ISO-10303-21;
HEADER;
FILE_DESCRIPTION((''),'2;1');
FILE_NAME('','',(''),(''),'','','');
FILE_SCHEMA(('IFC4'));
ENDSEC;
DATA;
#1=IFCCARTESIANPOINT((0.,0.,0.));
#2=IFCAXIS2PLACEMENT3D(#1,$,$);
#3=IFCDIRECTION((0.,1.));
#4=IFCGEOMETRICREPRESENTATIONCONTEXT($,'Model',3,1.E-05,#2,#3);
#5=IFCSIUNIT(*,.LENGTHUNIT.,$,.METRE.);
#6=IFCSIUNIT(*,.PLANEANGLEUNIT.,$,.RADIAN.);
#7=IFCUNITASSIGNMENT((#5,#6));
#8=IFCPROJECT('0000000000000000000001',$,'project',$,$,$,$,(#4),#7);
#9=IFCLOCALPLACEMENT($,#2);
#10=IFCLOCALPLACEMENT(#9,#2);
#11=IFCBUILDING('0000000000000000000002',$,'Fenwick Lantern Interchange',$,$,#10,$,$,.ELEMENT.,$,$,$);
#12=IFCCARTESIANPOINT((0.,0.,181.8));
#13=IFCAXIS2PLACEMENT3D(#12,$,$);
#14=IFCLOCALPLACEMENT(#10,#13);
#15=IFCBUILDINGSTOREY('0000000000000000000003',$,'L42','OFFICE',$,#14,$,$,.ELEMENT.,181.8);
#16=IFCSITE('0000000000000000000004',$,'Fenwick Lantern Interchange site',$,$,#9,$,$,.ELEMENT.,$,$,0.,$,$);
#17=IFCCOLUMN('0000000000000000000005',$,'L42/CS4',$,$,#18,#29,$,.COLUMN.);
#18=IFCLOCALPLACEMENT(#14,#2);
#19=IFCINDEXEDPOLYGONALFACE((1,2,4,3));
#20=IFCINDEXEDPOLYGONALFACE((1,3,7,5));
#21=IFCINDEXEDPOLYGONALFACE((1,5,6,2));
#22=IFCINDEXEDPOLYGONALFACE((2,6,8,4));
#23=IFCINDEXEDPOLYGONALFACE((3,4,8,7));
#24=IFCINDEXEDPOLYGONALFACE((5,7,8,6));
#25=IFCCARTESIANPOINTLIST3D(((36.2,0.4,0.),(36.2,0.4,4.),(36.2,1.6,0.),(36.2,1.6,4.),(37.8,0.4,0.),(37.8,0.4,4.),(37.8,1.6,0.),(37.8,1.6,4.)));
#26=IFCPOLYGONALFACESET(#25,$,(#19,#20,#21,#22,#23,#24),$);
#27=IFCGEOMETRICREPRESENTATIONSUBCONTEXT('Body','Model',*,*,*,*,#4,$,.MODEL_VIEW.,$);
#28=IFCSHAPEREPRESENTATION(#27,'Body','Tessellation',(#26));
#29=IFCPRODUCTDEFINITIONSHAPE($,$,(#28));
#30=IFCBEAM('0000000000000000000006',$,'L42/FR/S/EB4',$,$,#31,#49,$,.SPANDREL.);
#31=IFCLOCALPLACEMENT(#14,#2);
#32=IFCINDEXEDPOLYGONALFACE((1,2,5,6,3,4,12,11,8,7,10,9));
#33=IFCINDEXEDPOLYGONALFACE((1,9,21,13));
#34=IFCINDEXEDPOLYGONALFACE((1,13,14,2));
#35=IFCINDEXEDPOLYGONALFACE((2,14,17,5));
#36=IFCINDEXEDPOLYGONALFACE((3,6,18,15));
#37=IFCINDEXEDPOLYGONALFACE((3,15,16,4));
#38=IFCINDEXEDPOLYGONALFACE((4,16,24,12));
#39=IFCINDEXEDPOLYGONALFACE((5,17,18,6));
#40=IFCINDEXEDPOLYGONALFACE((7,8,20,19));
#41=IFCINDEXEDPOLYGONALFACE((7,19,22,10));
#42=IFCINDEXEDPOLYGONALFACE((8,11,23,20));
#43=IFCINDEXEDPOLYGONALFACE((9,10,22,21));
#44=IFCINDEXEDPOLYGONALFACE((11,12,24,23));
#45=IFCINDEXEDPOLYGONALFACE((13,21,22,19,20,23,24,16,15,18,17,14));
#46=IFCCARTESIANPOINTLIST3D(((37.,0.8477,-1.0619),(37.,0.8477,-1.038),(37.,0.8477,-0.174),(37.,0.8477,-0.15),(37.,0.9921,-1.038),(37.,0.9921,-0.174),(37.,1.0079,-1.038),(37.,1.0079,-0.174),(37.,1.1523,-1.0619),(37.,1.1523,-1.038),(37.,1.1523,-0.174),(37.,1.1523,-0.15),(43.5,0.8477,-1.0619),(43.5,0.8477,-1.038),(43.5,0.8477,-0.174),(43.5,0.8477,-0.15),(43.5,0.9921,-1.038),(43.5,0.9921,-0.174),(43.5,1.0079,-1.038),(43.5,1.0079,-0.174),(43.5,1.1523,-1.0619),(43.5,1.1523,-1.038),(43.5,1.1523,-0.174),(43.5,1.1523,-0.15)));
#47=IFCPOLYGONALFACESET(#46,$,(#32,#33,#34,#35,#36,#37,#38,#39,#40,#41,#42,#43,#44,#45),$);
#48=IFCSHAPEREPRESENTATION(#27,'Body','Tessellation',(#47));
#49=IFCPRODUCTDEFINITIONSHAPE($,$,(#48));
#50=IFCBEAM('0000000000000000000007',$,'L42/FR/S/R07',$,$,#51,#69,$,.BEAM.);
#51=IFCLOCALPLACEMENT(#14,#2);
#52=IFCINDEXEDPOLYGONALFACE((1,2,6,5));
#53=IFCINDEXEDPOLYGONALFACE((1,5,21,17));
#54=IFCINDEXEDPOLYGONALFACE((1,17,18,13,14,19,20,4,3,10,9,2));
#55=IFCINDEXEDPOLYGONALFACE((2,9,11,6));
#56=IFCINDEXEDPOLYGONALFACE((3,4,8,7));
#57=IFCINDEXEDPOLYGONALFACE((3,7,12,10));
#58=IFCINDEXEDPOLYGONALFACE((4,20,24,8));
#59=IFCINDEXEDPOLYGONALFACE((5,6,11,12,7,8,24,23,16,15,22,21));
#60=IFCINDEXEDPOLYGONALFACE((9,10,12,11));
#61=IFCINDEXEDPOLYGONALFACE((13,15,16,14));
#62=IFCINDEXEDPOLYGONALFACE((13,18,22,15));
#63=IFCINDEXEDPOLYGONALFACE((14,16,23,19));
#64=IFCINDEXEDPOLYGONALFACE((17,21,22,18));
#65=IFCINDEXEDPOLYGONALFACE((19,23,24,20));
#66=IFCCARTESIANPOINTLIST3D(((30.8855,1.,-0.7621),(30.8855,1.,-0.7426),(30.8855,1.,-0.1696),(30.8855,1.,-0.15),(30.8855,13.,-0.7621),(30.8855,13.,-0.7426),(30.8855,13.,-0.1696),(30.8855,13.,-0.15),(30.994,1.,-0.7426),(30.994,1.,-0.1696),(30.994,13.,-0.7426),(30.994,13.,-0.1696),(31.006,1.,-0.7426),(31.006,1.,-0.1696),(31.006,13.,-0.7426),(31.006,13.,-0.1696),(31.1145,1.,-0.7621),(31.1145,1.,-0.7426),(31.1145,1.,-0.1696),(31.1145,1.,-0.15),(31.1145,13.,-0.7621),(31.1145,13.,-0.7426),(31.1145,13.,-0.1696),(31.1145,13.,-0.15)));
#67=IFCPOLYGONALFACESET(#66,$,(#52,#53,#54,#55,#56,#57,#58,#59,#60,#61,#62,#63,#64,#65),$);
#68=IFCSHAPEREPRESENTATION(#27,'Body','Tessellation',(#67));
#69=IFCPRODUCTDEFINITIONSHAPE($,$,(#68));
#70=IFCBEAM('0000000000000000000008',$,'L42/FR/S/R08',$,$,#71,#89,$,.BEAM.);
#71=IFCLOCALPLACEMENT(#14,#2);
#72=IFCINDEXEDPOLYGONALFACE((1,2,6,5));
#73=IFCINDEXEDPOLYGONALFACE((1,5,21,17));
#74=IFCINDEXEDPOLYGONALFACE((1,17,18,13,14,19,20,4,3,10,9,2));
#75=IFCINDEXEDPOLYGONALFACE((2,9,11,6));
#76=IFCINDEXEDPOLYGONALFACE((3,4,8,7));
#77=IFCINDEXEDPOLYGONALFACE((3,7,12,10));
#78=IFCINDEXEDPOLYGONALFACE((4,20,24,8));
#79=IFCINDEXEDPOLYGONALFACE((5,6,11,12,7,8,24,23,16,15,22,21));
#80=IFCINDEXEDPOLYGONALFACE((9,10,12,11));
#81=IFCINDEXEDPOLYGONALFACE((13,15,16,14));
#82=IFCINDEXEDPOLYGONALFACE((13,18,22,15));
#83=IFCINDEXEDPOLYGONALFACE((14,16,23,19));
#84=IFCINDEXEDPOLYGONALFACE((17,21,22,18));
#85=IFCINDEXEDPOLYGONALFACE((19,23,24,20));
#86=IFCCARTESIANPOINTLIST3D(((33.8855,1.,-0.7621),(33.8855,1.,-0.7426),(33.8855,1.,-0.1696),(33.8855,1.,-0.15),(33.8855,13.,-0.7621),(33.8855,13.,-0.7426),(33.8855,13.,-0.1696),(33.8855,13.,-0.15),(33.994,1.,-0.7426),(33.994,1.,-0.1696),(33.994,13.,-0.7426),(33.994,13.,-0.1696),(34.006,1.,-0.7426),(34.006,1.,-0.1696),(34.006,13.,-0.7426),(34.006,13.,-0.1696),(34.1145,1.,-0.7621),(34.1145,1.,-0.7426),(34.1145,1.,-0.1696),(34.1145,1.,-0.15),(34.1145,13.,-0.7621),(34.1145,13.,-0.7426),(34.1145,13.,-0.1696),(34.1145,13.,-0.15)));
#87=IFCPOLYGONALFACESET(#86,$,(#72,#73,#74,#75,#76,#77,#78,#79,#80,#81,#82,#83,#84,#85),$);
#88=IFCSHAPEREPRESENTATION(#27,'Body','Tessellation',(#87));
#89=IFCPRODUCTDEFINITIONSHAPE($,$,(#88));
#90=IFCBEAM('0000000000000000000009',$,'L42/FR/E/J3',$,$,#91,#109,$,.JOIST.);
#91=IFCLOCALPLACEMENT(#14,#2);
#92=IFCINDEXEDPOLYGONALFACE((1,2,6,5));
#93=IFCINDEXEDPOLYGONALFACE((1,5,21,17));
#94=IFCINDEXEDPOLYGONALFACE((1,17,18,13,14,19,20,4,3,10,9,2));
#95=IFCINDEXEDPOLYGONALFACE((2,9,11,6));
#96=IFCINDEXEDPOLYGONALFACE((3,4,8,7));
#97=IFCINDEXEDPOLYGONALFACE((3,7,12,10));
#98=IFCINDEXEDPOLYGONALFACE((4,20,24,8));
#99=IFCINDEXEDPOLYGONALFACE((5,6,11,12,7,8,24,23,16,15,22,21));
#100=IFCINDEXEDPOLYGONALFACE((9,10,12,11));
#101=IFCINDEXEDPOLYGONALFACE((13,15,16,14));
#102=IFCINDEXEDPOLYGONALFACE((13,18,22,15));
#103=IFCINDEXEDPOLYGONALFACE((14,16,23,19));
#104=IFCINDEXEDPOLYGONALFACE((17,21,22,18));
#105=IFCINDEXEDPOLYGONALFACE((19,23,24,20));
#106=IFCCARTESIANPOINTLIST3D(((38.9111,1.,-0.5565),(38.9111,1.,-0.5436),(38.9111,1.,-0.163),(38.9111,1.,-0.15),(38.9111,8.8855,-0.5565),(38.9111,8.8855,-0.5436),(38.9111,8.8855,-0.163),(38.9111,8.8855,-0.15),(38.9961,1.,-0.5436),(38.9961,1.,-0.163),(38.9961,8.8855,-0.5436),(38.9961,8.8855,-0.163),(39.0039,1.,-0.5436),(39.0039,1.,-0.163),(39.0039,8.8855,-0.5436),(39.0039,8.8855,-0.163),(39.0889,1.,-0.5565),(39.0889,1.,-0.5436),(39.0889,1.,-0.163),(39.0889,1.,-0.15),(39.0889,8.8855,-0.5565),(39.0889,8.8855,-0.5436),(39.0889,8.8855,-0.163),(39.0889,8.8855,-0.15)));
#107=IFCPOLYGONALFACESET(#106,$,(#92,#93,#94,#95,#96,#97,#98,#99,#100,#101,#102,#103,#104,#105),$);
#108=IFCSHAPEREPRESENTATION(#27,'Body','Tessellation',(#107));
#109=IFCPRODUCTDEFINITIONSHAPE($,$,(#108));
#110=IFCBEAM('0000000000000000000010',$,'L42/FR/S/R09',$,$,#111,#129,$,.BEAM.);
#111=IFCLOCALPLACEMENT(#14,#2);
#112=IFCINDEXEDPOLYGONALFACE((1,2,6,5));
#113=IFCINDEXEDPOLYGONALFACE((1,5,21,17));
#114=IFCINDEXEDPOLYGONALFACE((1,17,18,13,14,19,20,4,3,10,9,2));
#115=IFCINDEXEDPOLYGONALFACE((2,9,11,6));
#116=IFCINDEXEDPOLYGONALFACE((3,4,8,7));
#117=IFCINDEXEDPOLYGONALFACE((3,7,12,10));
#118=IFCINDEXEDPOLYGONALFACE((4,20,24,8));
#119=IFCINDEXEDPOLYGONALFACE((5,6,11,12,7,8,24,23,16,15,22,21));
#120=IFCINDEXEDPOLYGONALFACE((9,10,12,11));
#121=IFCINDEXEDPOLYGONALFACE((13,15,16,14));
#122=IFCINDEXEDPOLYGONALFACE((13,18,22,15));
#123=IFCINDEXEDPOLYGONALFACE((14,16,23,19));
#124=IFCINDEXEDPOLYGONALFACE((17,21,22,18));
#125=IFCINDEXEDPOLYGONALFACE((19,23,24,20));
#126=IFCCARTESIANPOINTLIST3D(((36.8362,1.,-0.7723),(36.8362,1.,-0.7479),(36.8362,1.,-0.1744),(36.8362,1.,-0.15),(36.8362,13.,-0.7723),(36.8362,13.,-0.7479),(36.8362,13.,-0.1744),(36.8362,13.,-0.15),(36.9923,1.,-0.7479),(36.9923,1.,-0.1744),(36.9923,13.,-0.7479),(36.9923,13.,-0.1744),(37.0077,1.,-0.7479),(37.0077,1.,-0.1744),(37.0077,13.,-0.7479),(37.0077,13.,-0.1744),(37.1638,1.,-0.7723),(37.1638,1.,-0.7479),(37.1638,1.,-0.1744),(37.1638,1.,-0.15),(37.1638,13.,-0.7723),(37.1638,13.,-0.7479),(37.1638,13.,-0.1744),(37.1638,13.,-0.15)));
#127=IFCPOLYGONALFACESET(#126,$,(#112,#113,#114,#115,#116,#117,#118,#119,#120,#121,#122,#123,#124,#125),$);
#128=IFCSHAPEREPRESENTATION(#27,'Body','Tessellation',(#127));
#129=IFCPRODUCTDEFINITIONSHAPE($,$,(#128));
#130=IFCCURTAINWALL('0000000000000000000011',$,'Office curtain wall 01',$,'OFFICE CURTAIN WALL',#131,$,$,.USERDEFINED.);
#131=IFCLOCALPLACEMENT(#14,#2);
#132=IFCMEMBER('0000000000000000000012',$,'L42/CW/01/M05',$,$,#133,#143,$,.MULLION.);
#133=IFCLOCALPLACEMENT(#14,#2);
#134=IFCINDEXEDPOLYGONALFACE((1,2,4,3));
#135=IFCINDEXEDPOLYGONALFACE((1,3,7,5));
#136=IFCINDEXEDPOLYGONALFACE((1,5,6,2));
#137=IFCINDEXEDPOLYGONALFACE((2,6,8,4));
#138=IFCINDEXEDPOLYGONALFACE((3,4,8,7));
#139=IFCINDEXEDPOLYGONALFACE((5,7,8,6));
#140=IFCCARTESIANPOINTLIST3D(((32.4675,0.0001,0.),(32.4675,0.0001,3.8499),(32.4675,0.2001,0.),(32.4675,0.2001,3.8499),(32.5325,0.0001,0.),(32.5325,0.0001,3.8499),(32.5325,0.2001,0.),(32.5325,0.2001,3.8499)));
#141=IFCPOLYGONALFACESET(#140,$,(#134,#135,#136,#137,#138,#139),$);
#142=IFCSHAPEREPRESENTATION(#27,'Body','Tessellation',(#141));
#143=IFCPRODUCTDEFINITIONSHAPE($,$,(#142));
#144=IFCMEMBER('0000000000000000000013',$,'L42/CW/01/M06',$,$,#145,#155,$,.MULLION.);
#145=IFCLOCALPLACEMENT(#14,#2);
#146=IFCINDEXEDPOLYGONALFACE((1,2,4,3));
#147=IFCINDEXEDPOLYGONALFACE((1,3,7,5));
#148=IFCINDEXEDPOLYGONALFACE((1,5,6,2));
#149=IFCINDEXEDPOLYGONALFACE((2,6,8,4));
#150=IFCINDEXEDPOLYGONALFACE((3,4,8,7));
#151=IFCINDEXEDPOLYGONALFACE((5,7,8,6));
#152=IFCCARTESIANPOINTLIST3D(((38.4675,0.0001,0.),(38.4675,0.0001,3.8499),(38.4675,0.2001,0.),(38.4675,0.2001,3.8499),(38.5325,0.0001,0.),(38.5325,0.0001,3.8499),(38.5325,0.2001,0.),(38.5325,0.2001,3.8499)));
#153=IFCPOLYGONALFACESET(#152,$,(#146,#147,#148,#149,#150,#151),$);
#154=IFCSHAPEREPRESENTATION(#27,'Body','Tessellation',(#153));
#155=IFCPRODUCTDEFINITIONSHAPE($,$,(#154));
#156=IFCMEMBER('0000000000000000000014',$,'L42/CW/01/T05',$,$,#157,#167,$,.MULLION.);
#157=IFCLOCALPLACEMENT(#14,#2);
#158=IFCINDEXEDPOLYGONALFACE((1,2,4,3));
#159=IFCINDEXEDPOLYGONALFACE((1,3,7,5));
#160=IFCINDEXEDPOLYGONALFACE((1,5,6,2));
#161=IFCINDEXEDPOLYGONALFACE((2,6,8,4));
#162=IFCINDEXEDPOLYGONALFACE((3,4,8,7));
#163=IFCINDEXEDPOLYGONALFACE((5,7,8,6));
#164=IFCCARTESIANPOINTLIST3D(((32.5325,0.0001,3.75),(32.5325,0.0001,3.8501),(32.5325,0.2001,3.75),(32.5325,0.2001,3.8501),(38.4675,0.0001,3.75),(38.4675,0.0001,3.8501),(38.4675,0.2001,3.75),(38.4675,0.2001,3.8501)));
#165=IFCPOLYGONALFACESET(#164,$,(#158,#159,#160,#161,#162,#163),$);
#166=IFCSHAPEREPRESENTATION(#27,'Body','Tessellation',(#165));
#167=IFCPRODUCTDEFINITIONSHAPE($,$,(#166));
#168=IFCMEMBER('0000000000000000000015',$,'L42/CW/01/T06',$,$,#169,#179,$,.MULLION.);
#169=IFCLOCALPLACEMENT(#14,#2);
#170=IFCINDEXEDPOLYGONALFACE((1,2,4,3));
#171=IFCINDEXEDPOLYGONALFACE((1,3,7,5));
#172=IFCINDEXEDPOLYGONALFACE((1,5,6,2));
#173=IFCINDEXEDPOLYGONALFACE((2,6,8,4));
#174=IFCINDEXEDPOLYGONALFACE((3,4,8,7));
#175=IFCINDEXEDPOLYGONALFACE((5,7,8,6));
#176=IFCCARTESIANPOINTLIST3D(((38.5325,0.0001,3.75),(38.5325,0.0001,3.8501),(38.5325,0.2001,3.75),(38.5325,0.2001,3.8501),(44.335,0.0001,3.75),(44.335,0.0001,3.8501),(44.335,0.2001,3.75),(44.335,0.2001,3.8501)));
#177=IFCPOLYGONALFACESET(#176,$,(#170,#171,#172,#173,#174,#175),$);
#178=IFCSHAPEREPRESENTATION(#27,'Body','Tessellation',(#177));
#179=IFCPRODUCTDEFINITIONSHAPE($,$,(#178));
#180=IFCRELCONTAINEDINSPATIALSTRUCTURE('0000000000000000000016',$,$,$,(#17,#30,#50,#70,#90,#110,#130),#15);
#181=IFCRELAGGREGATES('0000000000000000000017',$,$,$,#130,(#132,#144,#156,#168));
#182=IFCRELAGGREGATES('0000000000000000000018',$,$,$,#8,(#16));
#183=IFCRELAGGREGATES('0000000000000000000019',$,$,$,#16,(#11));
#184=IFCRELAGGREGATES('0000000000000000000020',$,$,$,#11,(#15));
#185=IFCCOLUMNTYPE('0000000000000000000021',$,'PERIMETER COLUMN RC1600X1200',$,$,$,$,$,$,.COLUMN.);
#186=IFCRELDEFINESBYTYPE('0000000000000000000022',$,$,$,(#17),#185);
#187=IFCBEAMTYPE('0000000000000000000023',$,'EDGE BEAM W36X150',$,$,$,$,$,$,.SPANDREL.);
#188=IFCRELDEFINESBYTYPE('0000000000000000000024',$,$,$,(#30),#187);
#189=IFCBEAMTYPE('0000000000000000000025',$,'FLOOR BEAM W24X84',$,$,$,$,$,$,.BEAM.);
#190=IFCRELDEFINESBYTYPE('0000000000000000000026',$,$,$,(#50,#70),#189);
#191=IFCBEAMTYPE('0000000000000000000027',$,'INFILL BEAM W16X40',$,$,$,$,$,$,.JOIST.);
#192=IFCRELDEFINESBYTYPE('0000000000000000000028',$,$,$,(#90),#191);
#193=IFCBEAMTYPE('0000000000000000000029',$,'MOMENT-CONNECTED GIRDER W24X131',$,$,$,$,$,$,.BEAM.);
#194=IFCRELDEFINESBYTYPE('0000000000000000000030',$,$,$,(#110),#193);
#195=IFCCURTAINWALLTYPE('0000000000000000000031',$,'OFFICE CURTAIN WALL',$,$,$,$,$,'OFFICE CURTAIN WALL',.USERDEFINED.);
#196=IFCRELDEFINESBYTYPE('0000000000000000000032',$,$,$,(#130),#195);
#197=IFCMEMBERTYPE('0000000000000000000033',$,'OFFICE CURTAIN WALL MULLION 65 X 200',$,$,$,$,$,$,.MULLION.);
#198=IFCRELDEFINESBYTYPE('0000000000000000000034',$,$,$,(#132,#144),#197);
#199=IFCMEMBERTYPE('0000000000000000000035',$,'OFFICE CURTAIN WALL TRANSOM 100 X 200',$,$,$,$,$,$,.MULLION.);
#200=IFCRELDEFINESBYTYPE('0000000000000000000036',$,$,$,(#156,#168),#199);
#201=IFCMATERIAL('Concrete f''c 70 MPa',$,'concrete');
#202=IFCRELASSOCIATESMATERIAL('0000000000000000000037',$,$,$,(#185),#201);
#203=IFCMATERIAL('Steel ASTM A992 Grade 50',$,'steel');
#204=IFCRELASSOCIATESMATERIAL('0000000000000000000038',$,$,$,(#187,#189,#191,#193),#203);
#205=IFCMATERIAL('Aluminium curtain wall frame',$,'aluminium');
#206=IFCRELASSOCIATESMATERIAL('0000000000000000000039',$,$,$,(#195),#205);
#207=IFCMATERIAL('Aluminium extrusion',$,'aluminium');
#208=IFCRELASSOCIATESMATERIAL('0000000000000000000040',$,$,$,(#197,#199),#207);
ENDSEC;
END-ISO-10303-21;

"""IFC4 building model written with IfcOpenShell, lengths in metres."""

from ifc_helpers import new_model, si_unit, direction, frame, origin, origin_2d, place, context, subcontext, project, spatial, rectangle, i_section, extrude, material, material_profile, profile_set, type_object, element, aggregate, save


model = new_model("IFC4")

# Units and contexts
model_context = context("Model", 3, precision=1e-05, world=origin(), true_north=direction((0.0, 1.0)))
body_context = subcontext(model_context, "Body", "Model", "MODEL_VIEW")
ifc_project = project(units=[si_unit("LENGTHUNIT", "METRE"), si_unit("PLANEANGLEUNIT", "RADIAN")], contexts=[model_context])

# Site, building, storey
site_placement = place(None, origin())
site = spatial("IfcSite", under=ifc_project, at=site_placement, Name="Fenwick Lantern Interchange site", CompositionType="ELEMENT", RefElevation=0.0)
building_placement = place(site_placement, origin())
building = spatial("IfcBuilding", under=site, at=building_placement, Name="Fenwick Lantern Interchange", CompositionType="ELEMENT")
storey_placement = place(building_placement, frame((0.0, 0.0, 181.8)))
storey = spatial("IfcBuildingStorey", under=building, at=storey_placement, Name="L42", Description="OFFICE", CompositionType="ELEMENT", Elevation=181.8)

# Column
ifc_material_1 = material(Name="Concrete f'c 70 MPa", Category="concrete")
ifc_material_profile_1 = material_profile(ifc_material_1, rectangle(XDim=1.6001, YDim=1.2, at=origin_2d()), Name="RC1600X1200")
ifc_profile_set_1 = profile_set([ifc_material_profile_1], Name="Concrete f'c 70 MPa")
column_type = type_object("IfcColumnType", Name="PERIMETER COLUMN RC1600X1200", PredefinedType="COLUMN", material=ifc_profile_set_1)
column_placement = place(storey_placement, frame((37.0, 1.0, 0.0), z_axis=(0.0, 0.0, 1.0), x_axis=(1.0, 0.0, 0.0)))
element("IfcColumn", 1, at=column_placement, inside=storey, type_object=column_type, Name="L42/CS4", PredefinedType="COLUMN", context=body_context, shape_type="SweptSolid", body=[
    extrude(rectangle(XDim=1.6001, YDim=1.2, at=origin_2d()), origin(), (0.0, 0.0, 1.0), 4.0),
])

# Beams
ifc_material_2 = material(Name="Steel ASTM A992 Grade 50", Category="steel")
ifc_material_profile_2 = material_profile(ifc_material_2, i_section(OverallWidth=0.3047, OverallDepth=0.9119, WebThickness=0.0159, FlangeThickness=0.0239, at=origin_2d()), Name="W36X150")
ifc_profile_set_2 = profile_set([ifc_material_profile_2], Name="Steel ASTM A992 Grade 50")
beam_type_1 = type_object("IfcBeamType", Name="EDGE BEAM W36X150", PredefinedType="SPANDREL", material=ifc_profile_set_2)
beam_1_placement = place(storey_placement, frame((37.0, 1.0, -0.606), z_axis=(1.0, 0.0, 0.0), x_axis=(0.0, 1.0, 0.0)))
element("IfcBeam", 2, at=beam_1_placement, inside=storey, type_object=beam_type_1, Name="L42/FR/S/EB4", PredefinedType="SPANDREL", context=body_context, shape_type="SweptSolid", body=[
    extrude(i_section(OverallWidth=0.3047, OverallDepth=0.9119, WebThickness=0.0159, FlangeThickness=0.0239, at=origin_2d()), origin(), (0.0, 0.0, 1.0), 6.5),
])
ifc_material_profile_3 = material_profile(ifc_material_2, i_section(OverallWidth=0.229, OverallDepth=0.6121, WebThickness=0.012, FlangeThickness=0.0195, at=origin_2d()), Name="W24X84")
ifc_profile_set_3 = profile_set([ifc_material_profile_3], Name="Steel ASTM A992 Grade 50")
beam_type_2 = type_object("IfcBeamType", Name="FLOOR BEAM W24X84", PredefinedType="BEAM", material=ifc_profile_set_3)
for number, where, z_axis, x_axis, name in (
    (3, (31.0, 1.0, -0.4561), (0.0, 1.0, 0.0), (-1.0, 0.0, 0.0), "L42/FR/S/R07"),
    (4, (34.0, 1.0, -0.4561), (0.0, 1.0, 0.0), (-1.0, 0.0, 0.0), "L42/FR/S/R08"),
):
    element("IfcBeam", number, at=place(storey_placement, frame(where, z_axis=z_axis, x_axis=x_axis)), inside=storey, type_object=beam_type_2, Name=name, PredefinedType="BEAM", context=body_context, shape_type="SweptSolid", body=[
        extrude(i_section(OverallWidth=0.229, OverallDepth=0.6121, WebThickness=0.012, FlangeThickness=0.0195, at=origin_2d()), origin(), (0.0, 0.0, 1.0), 12.0),
    ])
ifc_material_profile_4 = material_profile(ifc_material_2, i_section(OverallWidth=0.1777, OverallDepth=0.4065, WebThickness=0.0078, FlangeThickness=0.0129, at=origin_2d()), Name="W16X40")
ifc_profile_set_4 = profile_set([ifc_material_profile_4], Name="Steel ASTM A992 Grade 50")
beam_type_3 = type_object("IfcBeamType", Name="INFILL BEAM W16X40", PredefinedType="JOIST", material=ifc_profile_set_4)
beam_2_placement = place(storey_placement, frame((39.0, 1.0, -0.3533), z_axis=(0.0, 1.0, 0.0), x_axis=(-1.0, 0.0, 0.0)))
element("IfcBeam", 5, at=beam_2_placement, inside=storey, type_object=beam_type_3, Name="L42/FR/E/J3", PredefinedType="JOIST", context=body_context, shape_type="SweptSolid", body=[
    extrude(i_section(OverallWidth=0.1777, OverallDepth=0.4065, WebThickness=0.0078, FlangeThickness=0.0129, at=origin_2d()), origin(), (0.0, 0.0, 1.0), 7.8855),
])
ifc_material_profile_5 = material_profile(ifc_material_2, i_section(OverallWidth=0.3276, OverallDepth=0.6223, WebThickness=0.0154, FlangeThickness=0.0244, at=origin_2d()), Name="W24X131")
ifc_profile_set_5 = profile_set([ifc_material_profile_5], Name="Steel ASTM A992 Grade 50")
beam_type_4 = type_object("IfcBeamType", Name="MOMENT-CONNECTED GIRDER W24X131", PredefinedType="BEAM", material=ifc_profile_set_5)
beam_3_placement = place(storey_placement, frame((37.0, 1.0, -0.4612), z_axis=(0.0, 1.0, 0.0), x_axis=(-1.0, 0.0, 0.0)))
element("IfcBeam", 6, at=beam_3_placement, inside=storey, type_object=beam_type_4, Name="L42/FR/S/R09", PredefinedType="BEAM", context=body_context, shape_type="SweptSolid", body=[
    extrude(i_section(OverallWidth=0.3276, OverallDepth=0.6223, WebThickness=0.0154, FlangeThickness=0.0244, at=origin_2d()), origin(), (0.0, 0.0, 1.0), 12.0),
])

# Curtain wall, members
ifc_material_3 = material(Name="Aluminium curtain wall frame", Category="aluminium")
curtain_wall_type = type_object("IfcCurtainWallType", Name="OFFICE CURTAIN WALL", ElementType="OFFICE CURTAIN WALL", PredefinedType="USERDEFINED", material=ifc_material_3)
curtain_wall_placement = place(storey_placement, origin())
curtain_wall = element("IfcCurtainWall", 7, at=curtain_wall_placement, inside=storey, type_object=curtain_wall_type, Name="Office curtain wall 01", ObjectType="OFFICE CURTAIN WALL", PredefinedType="USERDEFINED")
ifc_material_4 = material(Name="Aluminium extrusion", Category="aluminium")
ifc_material_profile_6 = material_profile(ifc_material_4, rectangle(XDim=0.2, YDim=0.0649, at=origin_2d()), Name="OFFICE CURTAIN WALL MULLION 65 X 200")
ifc_profile_set_6 = profile_set([ifc_material_profile_6], Name="Aluminium extrusion")
member_type_1 = type_object("IfcMemberType", Name="OFFICE CURTAIN WALL MULLION 65 X 200", PredefinedType="MULLION", material=ifc_profile_set_6)
member_1_placement = place(storey_placement, frame((32.5, 0.1001, 0.0), z_axis=(0.0, 0.0, 1.0), x_axis=(0.0, 1.0, 0.0)))
member_1 = element("IfcMember", 8, at=member_1_placement, type_object=member_type_1, Name="L42/CW/01/M05", PredefinedType="MULLION", context=body_context, shape_type="SweptSolid", body=[
    extrude(rectangle(XDim=0.2, YDim=0.0649, at=origin_2d()), origin(), (0.0, 0.0, 1.0), 3.8499),
])
member_2_placement = place(storey_placement, frame((38.5, 0.1001, 0.0), z_axis=(0.0, 0.0, 1.0), x_axis=(0.0, 1.0, 0.0)))
member_2 = element("IfcMember", 9, at=member_2_placement, type_object=member_type_1, Name="L42/CW/01/M06", PredefinedType="MULLION", context=body_context, shape_type="SweptSolid", body=[
    extrude(rectangle(XDim=0.2, YDim=0.0649, at=origin_2d()), origin(), (0.0, 0.0, 1.0), 3.8499),
])
ifc_material_profile_7 = material_profile(ifc_material_4, rectangle(XDim=0.2, YDim=0.1001, at=origin_2d()), Name="OFFICE CURTAIN WALL TRANSOM 100 X 200")
ifc_profile_set_7 = profile_set([ifc_material_profile_7], Name="Aluminium extrusion")
member_type_2 = type_object("IfcMemberType", Name="OFFICE CURTAIN WALL TRANSOM 100 X 200", PredefinedType="MULLION", material=ifc_profile_set_7)
member_3_placement = place(storey_placement, frame((32.5325, 0.1001, 3.8), z_axis=(1.0, 0.0, 0.0), x_axis=(0.0, 1.0, 0.0)))
member_3 = element("IfcMember", 10, at=member_3_placement, type_object=member_type_2, Name="L42/CW/01/T05", PredefinedType="MULLION", context=body_context, shape_type="SweptSolid", body=[
    extrude(rectangle(XDim=0.2, YDim=0.1001, at=origin_2d()), origin(), (0.0, 0.0, 1.0), 5.9351),
])
member_4_placement = place(storey_placement, frame((38.5325, 0.1001, 3.8), z_axis=(1.0, 0.0, 0.0), x_axis=(0.0, 1.0, 0.0)))
member_4 = element("IfcMember", 11, at=member_4_placement, type_object=member_type_2, Name="L42/CW/01/T06", PredefinedType="MULLION", context=body_context, shape_type="SweptSolid", body=[
    extrude(rectangle(XDim=0.2, YDim=0.1001, at=origin_2d()), origin(), (0.0, 0.0, 1.0), 5.8025),
])
aggregate(curtain_wall, [member_1, member_2, member_3, member_4])

save(model, "model.ifc")
